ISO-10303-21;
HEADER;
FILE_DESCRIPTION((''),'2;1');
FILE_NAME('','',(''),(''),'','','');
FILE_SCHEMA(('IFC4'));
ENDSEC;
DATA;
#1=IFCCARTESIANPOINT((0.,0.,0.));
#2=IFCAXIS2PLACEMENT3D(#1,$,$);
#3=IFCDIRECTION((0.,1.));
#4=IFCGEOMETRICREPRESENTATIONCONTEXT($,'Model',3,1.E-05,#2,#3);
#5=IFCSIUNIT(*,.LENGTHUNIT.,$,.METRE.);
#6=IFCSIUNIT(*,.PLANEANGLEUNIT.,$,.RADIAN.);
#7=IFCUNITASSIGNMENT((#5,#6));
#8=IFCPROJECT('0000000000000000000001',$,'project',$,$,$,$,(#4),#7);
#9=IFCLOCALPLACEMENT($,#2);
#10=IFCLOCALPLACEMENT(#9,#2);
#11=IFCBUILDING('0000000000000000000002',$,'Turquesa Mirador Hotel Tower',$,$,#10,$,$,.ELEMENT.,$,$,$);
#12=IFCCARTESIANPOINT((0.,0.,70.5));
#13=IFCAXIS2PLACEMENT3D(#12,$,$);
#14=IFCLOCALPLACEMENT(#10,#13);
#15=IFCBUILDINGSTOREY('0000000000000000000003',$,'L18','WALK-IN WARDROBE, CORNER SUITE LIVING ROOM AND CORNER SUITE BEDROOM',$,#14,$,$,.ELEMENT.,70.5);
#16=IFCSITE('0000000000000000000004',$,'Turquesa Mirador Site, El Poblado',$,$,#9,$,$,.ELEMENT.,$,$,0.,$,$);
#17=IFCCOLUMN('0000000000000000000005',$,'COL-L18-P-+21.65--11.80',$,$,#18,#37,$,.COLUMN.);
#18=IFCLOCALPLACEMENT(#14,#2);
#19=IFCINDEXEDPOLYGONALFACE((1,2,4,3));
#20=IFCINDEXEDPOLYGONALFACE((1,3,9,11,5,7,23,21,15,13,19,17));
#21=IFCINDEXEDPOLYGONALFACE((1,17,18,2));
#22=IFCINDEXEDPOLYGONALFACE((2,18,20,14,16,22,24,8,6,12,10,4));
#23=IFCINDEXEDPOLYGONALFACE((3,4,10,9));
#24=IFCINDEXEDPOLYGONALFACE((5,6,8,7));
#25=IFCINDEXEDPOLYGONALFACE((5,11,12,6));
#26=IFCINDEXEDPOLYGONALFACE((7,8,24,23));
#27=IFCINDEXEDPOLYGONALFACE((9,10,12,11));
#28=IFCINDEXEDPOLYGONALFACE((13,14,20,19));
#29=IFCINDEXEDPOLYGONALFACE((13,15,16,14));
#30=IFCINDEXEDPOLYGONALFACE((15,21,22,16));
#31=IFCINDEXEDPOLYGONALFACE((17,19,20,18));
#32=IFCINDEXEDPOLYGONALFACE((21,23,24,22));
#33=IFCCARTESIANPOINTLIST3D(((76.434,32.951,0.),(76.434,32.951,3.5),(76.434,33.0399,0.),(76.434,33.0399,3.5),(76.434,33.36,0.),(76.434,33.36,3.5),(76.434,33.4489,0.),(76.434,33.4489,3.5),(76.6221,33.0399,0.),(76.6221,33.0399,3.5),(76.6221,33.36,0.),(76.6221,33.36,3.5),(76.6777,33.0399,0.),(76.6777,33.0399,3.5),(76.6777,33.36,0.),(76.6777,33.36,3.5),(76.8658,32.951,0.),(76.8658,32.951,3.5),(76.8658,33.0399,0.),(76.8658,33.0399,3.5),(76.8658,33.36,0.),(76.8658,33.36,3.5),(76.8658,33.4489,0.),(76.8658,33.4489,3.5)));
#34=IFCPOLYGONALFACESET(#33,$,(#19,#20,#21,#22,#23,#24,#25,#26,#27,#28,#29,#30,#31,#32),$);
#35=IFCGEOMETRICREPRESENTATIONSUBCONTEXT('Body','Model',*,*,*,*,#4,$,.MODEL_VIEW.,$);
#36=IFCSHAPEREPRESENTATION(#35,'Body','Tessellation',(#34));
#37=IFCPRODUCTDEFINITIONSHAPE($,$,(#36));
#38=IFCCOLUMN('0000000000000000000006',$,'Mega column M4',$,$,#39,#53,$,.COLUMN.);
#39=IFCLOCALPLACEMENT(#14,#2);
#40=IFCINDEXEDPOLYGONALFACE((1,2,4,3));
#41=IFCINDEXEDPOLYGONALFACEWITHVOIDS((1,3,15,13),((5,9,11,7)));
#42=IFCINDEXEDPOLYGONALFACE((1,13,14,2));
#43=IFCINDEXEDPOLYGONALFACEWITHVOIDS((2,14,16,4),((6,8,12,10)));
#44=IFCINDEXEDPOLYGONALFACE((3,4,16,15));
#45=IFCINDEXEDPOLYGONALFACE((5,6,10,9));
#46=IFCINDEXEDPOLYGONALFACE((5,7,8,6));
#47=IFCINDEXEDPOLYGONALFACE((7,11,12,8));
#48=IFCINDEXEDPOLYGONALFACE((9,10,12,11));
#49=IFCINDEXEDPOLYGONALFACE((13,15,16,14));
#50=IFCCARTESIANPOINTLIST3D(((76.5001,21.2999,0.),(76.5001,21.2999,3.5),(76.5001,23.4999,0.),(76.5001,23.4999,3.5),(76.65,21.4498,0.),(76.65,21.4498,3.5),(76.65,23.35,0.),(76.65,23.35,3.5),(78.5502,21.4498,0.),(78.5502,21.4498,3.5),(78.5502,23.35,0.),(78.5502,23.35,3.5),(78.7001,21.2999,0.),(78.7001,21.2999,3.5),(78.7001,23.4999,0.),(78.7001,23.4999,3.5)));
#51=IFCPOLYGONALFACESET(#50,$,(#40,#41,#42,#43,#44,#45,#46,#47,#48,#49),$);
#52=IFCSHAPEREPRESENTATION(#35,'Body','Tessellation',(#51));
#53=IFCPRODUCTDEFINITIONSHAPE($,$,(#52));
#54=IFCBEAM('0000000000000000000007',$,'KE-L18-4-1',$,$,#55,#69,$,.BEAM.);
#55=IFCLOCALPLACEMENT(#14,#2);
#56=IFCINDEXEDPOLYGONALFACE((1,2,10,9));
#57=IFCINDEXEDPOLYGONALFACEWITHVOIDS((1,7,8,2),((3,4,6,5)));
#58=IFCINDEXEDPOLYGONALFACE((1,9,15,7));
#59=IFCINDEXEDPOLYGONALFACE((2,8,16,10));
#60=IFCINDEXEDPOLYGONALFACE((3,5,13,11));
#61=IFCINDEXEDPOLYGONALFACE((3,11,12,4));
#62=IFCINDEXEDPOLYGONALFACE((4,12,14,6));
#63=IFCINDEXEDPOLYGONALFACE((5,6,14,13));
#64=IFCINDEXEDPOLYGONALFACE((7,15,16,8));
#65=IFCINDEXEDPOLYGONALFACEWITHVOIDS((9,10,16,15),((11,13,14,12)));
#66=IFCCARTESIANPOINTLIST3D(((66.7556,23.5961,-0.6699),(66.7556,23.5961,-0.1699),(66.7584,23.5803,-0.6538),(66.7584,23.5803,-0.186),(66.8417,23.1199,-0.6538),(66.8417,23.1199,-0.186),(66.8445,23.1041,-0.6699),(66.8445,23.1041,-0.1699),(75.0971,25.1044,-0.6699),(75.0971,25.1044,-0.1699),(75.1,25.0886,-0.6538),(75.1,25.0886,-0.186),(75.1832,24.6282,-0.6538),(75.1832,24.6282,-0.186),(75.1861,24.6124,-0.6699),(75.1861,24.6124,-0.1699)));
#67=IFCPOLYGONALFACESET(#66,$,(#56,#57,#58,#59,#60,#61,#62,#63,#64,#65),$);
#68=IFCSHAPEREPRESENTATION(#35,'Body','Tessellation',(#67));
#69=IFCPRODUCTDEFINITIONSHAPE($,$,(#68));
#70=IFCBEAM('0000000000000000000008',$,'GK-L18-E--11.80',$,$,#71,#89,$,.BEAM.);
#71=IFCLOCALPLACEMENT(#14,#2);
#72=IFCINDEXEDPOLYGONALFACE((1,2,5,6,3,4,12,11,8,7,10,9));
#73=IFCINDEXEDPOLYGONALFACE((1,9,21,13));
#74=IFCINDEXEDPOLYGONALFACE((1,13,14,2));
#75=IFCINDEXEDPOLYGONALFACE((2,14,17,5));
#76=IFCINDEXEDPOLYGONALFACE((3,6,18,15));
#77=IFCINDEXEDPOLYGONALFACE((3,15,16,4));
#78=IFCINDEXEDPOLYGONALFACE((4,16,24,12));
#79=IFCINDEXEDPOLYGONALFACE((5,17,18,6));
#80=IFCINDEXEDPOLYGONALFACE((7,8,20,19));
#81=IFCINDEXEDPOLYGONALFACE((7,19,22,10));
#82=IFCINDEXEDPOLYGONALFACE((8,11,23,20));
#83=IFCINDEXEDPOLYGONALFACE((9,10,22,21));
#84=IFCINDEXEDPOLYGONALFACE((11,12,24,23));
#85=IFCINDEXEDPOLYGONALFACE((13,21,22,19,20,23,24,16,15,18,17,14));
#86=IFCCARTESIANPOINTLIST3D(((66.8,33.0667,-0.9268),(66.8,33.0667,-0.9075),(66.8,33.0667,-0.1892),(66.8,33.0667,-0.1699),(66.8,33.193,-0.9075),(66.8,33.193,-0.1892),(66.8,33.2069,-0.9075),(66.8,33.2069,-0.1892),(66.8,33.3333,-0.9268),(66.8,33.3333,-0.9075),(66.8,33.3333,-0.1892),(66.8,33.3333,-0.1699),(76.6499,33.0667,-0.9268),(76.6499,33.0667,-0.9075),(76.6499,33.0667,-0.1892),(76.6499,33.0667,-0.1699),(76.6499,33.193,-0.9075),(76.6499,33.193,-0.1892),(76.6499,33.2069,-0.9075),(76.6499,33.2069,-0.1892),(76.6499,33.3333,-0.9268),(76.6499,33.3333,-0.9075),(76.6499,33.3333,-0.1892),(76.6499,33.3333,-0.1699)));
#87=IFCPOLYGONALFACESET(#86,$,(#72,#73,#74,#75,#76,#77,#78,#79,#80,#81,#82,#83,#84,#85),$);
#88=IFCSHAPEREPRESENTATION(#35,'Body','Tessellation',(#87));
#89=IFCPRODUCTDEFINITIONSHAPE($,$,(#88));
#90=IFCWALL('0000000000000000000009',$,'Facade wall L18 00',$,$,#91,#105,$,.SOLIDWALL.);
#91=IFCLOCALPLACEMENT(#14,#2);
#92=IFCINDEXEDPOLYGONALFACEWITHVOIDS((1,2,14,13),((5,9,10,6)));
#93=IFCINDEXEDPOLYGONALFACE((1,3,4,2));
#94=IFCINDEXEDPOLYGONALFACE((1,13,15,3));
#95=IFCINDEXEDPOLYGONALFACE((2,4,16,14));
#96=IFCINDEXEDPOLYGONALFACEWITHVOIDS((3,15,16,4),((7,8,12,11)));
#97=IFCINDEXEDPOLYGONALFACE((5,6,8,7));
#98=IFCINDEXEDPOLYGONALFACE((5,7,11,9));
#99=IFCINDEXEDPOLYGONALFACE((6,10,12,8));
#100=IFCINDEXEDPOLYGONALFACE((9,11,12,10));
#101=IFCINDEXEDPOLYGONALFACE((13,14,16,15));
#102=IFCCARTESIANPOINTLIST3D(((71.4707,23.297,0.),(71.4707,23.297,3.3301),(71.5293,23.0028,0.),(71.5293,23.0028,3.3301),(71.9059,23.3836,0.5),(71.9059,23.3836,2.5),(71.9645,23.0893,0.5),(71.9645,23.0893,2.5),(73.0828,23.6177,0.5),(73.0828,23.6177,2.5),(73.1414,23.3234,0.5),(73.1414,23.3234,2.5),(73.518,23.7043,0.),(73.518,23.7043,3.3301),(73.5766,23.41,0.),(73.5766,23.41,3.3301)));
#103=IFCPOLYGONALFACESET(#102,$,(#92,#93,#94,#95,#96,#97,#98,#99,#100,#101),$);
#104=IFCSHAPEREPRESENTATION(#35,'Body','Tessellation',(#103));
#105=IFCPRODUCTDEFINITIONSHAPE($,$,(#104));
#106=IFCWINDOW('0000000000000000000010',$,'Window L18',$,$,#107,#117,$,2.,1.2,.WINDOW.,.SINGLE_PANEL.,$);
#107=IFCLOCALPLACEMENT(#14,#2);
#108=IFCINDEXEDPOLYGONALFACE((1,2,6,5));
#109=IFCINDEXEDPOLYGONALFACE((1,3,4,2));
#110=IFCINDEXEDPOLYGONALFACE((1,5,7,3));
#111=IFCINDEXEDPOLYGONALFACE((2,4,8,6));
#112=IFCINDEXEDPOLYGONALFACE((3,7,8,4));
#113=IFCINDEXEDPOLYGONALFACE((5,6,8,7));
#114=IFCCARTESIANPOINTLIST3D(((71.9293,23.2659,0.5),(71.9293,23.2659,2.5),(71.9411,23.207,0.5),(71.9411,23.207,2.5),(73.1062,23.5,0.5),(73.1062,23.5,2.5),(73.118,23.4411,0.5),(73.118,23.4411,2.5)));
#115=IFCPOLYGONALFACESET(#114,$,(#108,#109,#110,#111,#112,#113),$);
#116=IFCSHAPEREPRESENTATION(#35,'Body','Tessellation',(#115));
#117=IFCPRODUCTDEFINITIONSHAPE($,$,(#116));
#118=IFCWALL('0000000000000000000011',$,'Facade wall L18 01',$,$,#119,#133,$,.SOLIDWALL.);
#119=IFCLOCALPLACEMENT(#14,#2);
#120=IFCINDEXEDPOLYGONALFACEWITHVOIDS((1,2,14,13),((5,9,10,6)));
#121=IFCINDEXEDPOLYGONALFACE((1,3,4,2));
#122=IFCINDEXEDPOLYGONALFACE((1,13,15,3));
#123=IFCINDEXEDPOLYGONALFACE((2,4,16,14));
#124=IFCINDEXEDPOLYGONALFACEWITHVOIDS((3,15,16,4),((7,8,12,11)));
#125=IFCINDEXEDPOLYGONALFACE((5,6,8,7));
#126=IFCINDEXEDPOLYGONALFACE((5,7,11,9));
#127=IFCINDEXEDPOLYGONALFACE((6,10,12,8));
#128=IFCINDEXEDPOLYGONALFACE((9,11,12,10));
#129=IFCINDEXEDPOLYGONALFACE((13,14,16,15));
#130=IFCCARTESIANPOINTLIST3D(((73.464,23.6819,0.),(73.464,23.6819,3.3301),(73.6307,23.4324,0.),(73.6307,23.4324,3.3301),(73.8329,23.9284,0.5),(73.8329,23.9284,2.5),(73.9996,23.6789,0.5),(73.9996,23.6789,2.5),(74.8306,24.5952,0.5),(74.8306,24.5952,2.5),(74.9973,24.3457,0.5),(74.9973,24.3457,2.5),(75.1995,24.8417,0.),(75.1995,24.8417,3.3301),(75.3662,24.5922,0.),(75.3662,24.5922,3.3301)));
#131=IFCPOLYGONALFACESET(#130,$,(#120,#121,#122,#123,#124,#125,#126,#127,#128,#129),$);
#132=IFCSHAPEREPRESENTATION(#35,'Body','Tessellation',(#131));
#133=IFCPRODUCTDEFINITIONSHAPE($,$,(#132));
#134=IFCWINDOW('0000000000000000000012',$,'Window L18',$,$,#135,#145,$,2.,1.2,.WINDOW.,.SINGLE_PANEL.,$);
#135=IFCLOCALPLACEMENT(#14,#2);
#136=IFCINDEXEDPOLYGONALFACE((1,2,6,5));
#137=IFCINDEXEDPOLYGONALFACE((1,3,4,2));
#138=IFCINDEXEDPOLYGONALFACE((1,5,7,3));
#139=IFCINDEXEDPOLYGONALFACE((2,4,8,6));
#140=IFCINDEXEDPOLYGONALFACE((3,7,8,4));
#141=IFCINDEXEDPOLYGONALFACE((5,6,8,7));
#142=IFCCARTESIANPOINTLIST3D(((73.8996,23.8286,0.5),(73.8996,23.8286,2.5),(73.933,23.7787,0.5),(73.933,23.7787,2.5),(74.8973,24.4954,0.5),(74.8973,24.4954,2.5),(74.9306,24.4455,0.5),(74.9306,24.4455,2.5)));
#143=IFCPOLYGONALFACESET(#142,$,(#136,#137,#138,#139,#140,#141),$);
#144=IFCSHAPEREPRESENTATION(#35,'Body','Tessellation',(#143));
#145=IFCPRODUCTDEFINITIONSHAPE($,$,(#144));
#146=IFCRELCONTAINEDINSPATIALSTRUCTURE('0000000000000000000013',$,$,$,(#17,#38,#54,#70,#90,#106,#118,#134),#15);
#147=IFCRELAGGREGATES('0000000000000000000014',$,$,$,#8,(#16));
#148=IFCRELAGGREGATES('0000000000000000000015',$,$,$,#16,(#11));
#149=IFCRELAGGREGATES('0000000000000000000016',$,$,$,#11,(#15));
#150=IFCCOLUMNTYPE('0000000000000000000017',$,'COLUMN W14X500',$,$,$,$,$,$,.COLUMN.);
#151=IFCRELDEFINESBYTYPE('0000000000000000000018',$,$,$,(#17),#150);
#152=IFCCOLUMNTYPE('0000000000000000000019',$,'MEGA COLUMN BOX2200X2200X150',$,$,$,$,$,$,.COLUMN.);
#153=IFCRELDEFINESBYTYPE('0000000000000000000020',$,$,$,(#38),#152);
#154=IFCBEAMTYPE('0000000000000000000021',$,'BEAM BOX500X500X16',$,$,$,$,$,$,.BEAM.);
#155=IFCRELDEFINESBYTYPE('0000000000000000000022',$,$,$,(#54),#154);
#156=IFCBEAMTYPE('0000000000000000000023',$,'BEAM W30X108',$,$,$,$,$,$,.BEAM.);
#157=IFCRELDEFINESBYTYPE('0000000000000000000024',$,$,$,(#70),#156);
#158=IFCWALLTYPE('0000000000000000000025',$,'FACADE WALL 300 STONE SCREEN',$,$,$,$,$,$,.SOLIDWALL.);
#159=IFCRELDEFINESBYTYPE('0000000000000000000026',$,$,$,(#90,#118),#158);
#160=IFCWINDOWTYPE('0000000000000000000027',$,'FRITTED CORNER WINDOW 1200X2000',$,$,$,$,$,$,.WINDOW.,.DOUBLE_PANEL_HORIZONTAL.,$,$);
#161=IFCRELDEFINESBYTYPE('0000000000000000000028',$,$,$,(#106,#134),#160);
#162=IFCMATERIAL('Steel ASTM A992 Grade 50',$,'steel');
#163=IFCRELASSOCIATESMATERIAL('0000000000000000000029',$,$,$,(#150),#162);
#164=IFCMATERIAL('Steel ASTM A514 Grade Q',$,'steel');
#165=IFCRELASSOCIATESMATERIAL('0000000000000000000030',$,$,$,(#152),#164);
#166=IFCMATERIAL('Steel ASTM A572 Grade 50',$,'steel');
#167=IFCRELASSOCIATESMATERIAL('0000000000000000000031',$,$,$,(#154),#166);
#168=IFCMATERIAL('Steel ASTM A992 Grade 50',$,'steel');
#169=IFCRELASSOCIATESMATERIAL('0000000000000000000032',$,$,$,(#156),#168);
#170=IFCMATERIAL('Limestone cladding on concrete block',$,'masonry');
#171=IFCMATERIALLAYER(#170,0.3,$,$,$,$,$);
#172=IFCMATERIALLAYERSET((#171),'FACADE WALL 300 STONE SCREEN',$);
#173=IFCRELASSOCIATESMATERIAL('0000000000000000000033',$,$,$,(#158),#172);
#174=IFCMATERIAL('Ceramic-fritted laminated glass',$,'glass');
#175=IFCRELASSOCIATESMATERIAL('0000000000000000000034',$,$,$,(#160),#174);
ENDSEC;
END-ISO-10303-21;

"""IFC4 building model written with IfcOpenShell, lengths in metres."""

from ifc_helpers import new_model, si_unit, direction, frame, frame_2d, origin, origin_2d, place, context, subcontext, project, spatial, rectangle, hollow_rectangle, i_section, extrude, material, layer, layer_set, material_profile, profile_set, type_object, element, fill, save


model = new_model("IFC4")

# Units and contexts
model_context = context("Model", 3, precision=1e-05, world=origin(), true_north=direction((0.0, 1.0)))
body_context = subcontext(model_context, "Body", "Model", "MODEL_VIEW")
ifc_project = project(units=[si_unit("LENGTHUNIT", "METRE"), si_unit("PLANEANGLEUNIT", "RADIAN")], contexts=[model_context])

# Site, building, storey
site_placement = place(None, origin())
site = spatial("IfcSite", under=ifc_project, at=site_placement, Name="Turquesa Mirador Site, El Poblado", CompositionType="ELEMENT", RefElevation=0.0)
building_placement = place(site_placement, origin())
building = spatial("IfcBuilding", under=site, at=building_placement, Name="Turquesa Mirador Hotel Tower", CompositionType="ELEMENT")
storey_placement = place(building_placement, frame((0.0, 0.0, 70.5)))
storey = spatial("IfcBuildingStorey", under=building, at=storey_placement, Name="L18", Description="WALK-IN WARDROBE, CORNER SUITE LIVING ROOM AND CORNER SUITE BEDROOM", CompositionType="ELEMENT", Elevation=70.5)

# Columns
ifc_material_1 = material(Name="Steel ASTM A992 Grade 50", Category="steel")
ifc_material_profile_1 = material_profile(ifc_material_1, i_section(OverallWidth=0.4319, OverallDepth=0.4978, WebThickness=0.0557, FlangeThickness=0.0889, at=origin_2d()), Name="W14X500")
ifc_profile_set_1 = profile_set([ifc_material_profile_1], Name="Steel ASTM A992 Grade 50")
column_type_1 = type_object("IfcColumnType", Name="COLUMN W14X500", PredefinedType="COLUMN", material=ifc_profile_set_1)
column_1_placement = place(storey_placement, frame((76.6499, 33.2, 0.0), z_axis=(0.0, 0.0, 1.0), x_axis=(1.0, 0.0, 0.0)))
element("IfcColumn", 1, at=column_1_placement, inside=storey, type_object=column_type_1, Name="COL-L18-P-+21.65--11.80", PredefinedType="COLUMN", context=body_context, shape_type="SweptSolid", body=[
    extrude(i_section(OverallWidth=0.4319, OverallDepth=0.4978, WebThickness=0.0557, FlangeThickness=0.0889, at=origin_2d()), origin(), (0.0, 0.0, 1.0), 3.5),
])
ifc_material_2 = material(Name="Steel ASTM A514 Grade Q", Category="steel")
ifc_material_profile_2 = material_profile(ifc_material_2, hollow_rectangle(XDim=2.2, YDim=2.2, WallThickness=0.1499, at=origin_2d()), Name="BOX2200X2200X150")
ifc_profile_set_2 = profile_set([ifc_material_profile_2], Name="Steel ASTM A514 Grade Q")
column_type_2 = type_object("IfcColumnType", Name="MEGA COLUMN BOX2200X2200X150", PredefinedType="COLUMN", material=ifc_profile_set_2)
column_2_placement = place(storey_placement, frame((77.6001, 22.3999, 0.0), z_axis=(0.0, 0.0, 1.0), x_axis=(1.0, 0.0, 0.0)))
element("IfcColumn", 2, at=column_2_placement, inside=storey, type_object=column_type_2, Name="Mega column M4", PredefinedType="COLUMN", context=body_context, shape_type="SweptSolid", body=[
    extrude(hollow_rectangle(XDim=2.2, YDim=2.2, WallThickness=0.1499, at=origin_2d()), origin(), (0.0, 0.0, 1.0), 3.5),
])

# Beams
ifc_material_3 = material(Name="Steel ASTM A572 Grade 50", Category="steel")
ifc_material_profile_3 = material_profile(ifc_material_3, hollow_rectangle(XDim=0.5, YDim=0.5, WallThickness=0.0161, at=origin_2d()), Name="BOX500X500X16")
ifc_profile_set_3 = profile_set([ifc_material_profile_3], Name="Steel ASTM A572 Grade 50")
beam_type_1 = type_object("IfcBeamType", Name="BEAM BOX500X500X16", PredefinedType="BEAM", material=ifc_profile_set_3)
beam_1_placement = place(storey_placement, frame((75.1416, 24.8584, -0.4199), z_axis=(-0.984043, -0.177932, 0.0), x_axis=(0.177932, -0.984043, 0.0)))
element("IfcBeam", 3, at=beam_1_placement, inside=storey, type_object=beam_type_1, Name="KE-L18-4-1", PredefinedType="BEAM", context=body_context, shape_type="SweptSolid", body=[
    extrude(hollow_rectangle(XDim=0.5, YDim=0.5, WallThickness=0.0161, at=origin_2d()), origin(), (0.0, 0.0, 1.0), 8.4768),
])
ifc_material_4 = material(Name="Steel ASTM A992 Grade 50", Category="steel")
ifc_material_profile_4 = material_profile(ifc_material_4, i_section(OverallWidth=0.2666, OverallDepth=0.7568, WebThickness=0.0139, FlangeThickness=0.0193, at=origin_2d()), Name="W30X108")
ifc_profile_set_4 = profile_set([ifc_material_profile_4], Name="Steel ASTM A992 Grade 50")
beam_type_2 = type_object("IfcBeamType", Name="BEAM W30X108", PredefinedType="BEAM", material=ifc_profile_set_4)
beam_2_placement = place(storey_placement, frame((76.6499, 33.2, -0.5483), z_axis=(-1.0, 0.0, 0.0), x_axis=(0.0, -1.0, 0.0)))
element("IfcBeam", 4, at=beam_2_placement, inside=storey, type_object=beam_type_2, Name="GK-L18-E--11.80", PredefinedType="BEAM", context=body_context, shape_type="SweptSolid", body=[
    extrude(i_section(OverallWidth=0.2666, OverallDepth=0.7568, WebThickness=0.0139, FlangeThickness=0.0193, at=origin_2d()), origin(), (0.0, 0.0, 1.0), 9.8499),
])

# Walls, openings, windows
ifc_material_5 = material(Name="Limestone cladding on concrete block", Category="masonry")
ifc_layer = layer(ifc_material_5, 0.3)
ifc_layer_set = layer_set([ifc_layer], Name="FACADE WALL 300 STONE SCREEN")
wall_type = type_object("IfcWallType", Name="FACADE WALL 300 STONE SCREEN", PredefinedType="SOLIDWALL", material=ifc_layer_set)
wall_1_placement = place(storey_placement, frame((71.5, 23.1499, 0.0), z_axis=(0.0, 0.0, 1.0), x_axis=(0.980787, 0.195081, 0.0)))
wall_1 = element("IfcWall", 5, at=wall_1_placement, inside=storey, type_object=wall_type, Name="Facade wall L18 00", PredefinedType="SOLIDWALL", context=body_context, shape_type="SweptSolid", body=[
    extrude(rectangle(XDim=2.0874, YDim=0.3, at=frame_2d((1.0437, 0.0))), origin(), (0.0, 0.0, 1.0), 3.3301),
])
opening_1_placement = place(wall_1_placement, frame((0.4436, 0.0, 0.5)))
opening_1 = element("IfcOpeningElement", 6, at=opening_1_placement, cuts=wall_1, PredefinedType="OPENING", context=body_context, shape_type="SweptSolid", body=[
    extrude(rectangle(XDim=1.2, YDim=2.0, at=frame_2d((0.6001, 1.0))), frame((0.0, 0.1599, 0.0), z_axis=(0.0, -1.0, 0.0), x_axis=(1.0, 0.0, 0.0)), (0.0, 0.0, 1.0), 0.3201),
])
ifc_material_6 = material(Name="Ceramic-fritted laminated glass", Category="glass")
window_type_1 = type_object("IfcWindowType", Name="FRITTED CORNER WINDOW 1200X2000", PartitioningType="DOUBLE_PANEL_HORIZONTAL", PredefinedType="WINDOW", material=ifc_material_6)
window_1_placement = place(opening_1_placement, origin())
window_1 = element("IfcWindow", 7, at=window_1_placement, inside=storey, type_object=window_type_1, Name="Window L18", OverallHeight=2.0, OverallWidth=1.2, PartitioningType="SINGLE_PANEL", PredefinedType="WINDOW", context=body_context, shape_type="SweptSolid", body=[
    extrude(rectangle(XDim=1.2, YDim=2.0, at=frame_2d((0.6001, 1.0))), frame((0.0, 0.03, 0.0), z_axis=(0.0, -1.0, 0.0), x_axis=(1.0, 0.0, 0.0)), (0.0, 0.0, 1.0), 0.0601),
])
fill(opening_1, window_1)
wall_2_placement = place(storey_placement, frame((73.5474, 23.5571, 0.0), z_axis=(0.0, 0.0, 1.0), x_axis=(0.83142, 0.555644, 0.0)))
wall_2 = element("IfcWall", 8, at=wall_2_placement, inside=storey, type_object=wall_type, Name="Facade wall L18 01", PredefinedType="SOLIDWALL", context=body_context, shape_type="SweptSolid", body=[
    extrude(rectangle(XDim=2.0874, YDim=0.3, at=frame_2d((1.0437, 0.0))), origin(), (0.0, 0.0, 1.0), 3.3301),
])
opening_2_placement = place(wall_2_placement, frame((0.4436, 0.0, 0.5)))
opening_2 = element("IfcOpeningElement", 9, at=opening_2_placement, cuts=wall_2, PredefinedType="OPENING", context=body_context, shape_type="SweptSolid", body=[
    extrude(rectangle(XDim=1.2, YDim=2.0, at=frame_2d((0.6001, 1.0))), frame((0.0, 0.1599, 0.0), z_axis=(0.0, -1.0, 0.0), x_axis=(1.0, 0.0, 0.0)), (0.0, 0.0, 1.0), 0.3201),
])
window_2_placement = place(opening_2_placement, origin())
window_2 = element("IfcWindow", 10, at=window_2_placement, inside=storey, type_object=window_type_1, Name="Window L18", OverallHeight=2.0, OverallWidth=1.2, PartitioningType="SINGLE_PANEL", PredefinedType="WINDOW", context=body_context, shape_type="SweptSolid", body=[
    extrude(rectangle(XDim=1.2, YDim=2.0, at=frame_2d((0.6001, 1.0))), frame((0.0, 0.03, 0.0), z_axis=(0.0, -1.0, 0.0), x_axis=(1.0, 0.0, 0.0)), (0.0, 0.0, 1.0), 0.0601),
])
fill(opening_2, window_2)

save(model, "model.ifc")
